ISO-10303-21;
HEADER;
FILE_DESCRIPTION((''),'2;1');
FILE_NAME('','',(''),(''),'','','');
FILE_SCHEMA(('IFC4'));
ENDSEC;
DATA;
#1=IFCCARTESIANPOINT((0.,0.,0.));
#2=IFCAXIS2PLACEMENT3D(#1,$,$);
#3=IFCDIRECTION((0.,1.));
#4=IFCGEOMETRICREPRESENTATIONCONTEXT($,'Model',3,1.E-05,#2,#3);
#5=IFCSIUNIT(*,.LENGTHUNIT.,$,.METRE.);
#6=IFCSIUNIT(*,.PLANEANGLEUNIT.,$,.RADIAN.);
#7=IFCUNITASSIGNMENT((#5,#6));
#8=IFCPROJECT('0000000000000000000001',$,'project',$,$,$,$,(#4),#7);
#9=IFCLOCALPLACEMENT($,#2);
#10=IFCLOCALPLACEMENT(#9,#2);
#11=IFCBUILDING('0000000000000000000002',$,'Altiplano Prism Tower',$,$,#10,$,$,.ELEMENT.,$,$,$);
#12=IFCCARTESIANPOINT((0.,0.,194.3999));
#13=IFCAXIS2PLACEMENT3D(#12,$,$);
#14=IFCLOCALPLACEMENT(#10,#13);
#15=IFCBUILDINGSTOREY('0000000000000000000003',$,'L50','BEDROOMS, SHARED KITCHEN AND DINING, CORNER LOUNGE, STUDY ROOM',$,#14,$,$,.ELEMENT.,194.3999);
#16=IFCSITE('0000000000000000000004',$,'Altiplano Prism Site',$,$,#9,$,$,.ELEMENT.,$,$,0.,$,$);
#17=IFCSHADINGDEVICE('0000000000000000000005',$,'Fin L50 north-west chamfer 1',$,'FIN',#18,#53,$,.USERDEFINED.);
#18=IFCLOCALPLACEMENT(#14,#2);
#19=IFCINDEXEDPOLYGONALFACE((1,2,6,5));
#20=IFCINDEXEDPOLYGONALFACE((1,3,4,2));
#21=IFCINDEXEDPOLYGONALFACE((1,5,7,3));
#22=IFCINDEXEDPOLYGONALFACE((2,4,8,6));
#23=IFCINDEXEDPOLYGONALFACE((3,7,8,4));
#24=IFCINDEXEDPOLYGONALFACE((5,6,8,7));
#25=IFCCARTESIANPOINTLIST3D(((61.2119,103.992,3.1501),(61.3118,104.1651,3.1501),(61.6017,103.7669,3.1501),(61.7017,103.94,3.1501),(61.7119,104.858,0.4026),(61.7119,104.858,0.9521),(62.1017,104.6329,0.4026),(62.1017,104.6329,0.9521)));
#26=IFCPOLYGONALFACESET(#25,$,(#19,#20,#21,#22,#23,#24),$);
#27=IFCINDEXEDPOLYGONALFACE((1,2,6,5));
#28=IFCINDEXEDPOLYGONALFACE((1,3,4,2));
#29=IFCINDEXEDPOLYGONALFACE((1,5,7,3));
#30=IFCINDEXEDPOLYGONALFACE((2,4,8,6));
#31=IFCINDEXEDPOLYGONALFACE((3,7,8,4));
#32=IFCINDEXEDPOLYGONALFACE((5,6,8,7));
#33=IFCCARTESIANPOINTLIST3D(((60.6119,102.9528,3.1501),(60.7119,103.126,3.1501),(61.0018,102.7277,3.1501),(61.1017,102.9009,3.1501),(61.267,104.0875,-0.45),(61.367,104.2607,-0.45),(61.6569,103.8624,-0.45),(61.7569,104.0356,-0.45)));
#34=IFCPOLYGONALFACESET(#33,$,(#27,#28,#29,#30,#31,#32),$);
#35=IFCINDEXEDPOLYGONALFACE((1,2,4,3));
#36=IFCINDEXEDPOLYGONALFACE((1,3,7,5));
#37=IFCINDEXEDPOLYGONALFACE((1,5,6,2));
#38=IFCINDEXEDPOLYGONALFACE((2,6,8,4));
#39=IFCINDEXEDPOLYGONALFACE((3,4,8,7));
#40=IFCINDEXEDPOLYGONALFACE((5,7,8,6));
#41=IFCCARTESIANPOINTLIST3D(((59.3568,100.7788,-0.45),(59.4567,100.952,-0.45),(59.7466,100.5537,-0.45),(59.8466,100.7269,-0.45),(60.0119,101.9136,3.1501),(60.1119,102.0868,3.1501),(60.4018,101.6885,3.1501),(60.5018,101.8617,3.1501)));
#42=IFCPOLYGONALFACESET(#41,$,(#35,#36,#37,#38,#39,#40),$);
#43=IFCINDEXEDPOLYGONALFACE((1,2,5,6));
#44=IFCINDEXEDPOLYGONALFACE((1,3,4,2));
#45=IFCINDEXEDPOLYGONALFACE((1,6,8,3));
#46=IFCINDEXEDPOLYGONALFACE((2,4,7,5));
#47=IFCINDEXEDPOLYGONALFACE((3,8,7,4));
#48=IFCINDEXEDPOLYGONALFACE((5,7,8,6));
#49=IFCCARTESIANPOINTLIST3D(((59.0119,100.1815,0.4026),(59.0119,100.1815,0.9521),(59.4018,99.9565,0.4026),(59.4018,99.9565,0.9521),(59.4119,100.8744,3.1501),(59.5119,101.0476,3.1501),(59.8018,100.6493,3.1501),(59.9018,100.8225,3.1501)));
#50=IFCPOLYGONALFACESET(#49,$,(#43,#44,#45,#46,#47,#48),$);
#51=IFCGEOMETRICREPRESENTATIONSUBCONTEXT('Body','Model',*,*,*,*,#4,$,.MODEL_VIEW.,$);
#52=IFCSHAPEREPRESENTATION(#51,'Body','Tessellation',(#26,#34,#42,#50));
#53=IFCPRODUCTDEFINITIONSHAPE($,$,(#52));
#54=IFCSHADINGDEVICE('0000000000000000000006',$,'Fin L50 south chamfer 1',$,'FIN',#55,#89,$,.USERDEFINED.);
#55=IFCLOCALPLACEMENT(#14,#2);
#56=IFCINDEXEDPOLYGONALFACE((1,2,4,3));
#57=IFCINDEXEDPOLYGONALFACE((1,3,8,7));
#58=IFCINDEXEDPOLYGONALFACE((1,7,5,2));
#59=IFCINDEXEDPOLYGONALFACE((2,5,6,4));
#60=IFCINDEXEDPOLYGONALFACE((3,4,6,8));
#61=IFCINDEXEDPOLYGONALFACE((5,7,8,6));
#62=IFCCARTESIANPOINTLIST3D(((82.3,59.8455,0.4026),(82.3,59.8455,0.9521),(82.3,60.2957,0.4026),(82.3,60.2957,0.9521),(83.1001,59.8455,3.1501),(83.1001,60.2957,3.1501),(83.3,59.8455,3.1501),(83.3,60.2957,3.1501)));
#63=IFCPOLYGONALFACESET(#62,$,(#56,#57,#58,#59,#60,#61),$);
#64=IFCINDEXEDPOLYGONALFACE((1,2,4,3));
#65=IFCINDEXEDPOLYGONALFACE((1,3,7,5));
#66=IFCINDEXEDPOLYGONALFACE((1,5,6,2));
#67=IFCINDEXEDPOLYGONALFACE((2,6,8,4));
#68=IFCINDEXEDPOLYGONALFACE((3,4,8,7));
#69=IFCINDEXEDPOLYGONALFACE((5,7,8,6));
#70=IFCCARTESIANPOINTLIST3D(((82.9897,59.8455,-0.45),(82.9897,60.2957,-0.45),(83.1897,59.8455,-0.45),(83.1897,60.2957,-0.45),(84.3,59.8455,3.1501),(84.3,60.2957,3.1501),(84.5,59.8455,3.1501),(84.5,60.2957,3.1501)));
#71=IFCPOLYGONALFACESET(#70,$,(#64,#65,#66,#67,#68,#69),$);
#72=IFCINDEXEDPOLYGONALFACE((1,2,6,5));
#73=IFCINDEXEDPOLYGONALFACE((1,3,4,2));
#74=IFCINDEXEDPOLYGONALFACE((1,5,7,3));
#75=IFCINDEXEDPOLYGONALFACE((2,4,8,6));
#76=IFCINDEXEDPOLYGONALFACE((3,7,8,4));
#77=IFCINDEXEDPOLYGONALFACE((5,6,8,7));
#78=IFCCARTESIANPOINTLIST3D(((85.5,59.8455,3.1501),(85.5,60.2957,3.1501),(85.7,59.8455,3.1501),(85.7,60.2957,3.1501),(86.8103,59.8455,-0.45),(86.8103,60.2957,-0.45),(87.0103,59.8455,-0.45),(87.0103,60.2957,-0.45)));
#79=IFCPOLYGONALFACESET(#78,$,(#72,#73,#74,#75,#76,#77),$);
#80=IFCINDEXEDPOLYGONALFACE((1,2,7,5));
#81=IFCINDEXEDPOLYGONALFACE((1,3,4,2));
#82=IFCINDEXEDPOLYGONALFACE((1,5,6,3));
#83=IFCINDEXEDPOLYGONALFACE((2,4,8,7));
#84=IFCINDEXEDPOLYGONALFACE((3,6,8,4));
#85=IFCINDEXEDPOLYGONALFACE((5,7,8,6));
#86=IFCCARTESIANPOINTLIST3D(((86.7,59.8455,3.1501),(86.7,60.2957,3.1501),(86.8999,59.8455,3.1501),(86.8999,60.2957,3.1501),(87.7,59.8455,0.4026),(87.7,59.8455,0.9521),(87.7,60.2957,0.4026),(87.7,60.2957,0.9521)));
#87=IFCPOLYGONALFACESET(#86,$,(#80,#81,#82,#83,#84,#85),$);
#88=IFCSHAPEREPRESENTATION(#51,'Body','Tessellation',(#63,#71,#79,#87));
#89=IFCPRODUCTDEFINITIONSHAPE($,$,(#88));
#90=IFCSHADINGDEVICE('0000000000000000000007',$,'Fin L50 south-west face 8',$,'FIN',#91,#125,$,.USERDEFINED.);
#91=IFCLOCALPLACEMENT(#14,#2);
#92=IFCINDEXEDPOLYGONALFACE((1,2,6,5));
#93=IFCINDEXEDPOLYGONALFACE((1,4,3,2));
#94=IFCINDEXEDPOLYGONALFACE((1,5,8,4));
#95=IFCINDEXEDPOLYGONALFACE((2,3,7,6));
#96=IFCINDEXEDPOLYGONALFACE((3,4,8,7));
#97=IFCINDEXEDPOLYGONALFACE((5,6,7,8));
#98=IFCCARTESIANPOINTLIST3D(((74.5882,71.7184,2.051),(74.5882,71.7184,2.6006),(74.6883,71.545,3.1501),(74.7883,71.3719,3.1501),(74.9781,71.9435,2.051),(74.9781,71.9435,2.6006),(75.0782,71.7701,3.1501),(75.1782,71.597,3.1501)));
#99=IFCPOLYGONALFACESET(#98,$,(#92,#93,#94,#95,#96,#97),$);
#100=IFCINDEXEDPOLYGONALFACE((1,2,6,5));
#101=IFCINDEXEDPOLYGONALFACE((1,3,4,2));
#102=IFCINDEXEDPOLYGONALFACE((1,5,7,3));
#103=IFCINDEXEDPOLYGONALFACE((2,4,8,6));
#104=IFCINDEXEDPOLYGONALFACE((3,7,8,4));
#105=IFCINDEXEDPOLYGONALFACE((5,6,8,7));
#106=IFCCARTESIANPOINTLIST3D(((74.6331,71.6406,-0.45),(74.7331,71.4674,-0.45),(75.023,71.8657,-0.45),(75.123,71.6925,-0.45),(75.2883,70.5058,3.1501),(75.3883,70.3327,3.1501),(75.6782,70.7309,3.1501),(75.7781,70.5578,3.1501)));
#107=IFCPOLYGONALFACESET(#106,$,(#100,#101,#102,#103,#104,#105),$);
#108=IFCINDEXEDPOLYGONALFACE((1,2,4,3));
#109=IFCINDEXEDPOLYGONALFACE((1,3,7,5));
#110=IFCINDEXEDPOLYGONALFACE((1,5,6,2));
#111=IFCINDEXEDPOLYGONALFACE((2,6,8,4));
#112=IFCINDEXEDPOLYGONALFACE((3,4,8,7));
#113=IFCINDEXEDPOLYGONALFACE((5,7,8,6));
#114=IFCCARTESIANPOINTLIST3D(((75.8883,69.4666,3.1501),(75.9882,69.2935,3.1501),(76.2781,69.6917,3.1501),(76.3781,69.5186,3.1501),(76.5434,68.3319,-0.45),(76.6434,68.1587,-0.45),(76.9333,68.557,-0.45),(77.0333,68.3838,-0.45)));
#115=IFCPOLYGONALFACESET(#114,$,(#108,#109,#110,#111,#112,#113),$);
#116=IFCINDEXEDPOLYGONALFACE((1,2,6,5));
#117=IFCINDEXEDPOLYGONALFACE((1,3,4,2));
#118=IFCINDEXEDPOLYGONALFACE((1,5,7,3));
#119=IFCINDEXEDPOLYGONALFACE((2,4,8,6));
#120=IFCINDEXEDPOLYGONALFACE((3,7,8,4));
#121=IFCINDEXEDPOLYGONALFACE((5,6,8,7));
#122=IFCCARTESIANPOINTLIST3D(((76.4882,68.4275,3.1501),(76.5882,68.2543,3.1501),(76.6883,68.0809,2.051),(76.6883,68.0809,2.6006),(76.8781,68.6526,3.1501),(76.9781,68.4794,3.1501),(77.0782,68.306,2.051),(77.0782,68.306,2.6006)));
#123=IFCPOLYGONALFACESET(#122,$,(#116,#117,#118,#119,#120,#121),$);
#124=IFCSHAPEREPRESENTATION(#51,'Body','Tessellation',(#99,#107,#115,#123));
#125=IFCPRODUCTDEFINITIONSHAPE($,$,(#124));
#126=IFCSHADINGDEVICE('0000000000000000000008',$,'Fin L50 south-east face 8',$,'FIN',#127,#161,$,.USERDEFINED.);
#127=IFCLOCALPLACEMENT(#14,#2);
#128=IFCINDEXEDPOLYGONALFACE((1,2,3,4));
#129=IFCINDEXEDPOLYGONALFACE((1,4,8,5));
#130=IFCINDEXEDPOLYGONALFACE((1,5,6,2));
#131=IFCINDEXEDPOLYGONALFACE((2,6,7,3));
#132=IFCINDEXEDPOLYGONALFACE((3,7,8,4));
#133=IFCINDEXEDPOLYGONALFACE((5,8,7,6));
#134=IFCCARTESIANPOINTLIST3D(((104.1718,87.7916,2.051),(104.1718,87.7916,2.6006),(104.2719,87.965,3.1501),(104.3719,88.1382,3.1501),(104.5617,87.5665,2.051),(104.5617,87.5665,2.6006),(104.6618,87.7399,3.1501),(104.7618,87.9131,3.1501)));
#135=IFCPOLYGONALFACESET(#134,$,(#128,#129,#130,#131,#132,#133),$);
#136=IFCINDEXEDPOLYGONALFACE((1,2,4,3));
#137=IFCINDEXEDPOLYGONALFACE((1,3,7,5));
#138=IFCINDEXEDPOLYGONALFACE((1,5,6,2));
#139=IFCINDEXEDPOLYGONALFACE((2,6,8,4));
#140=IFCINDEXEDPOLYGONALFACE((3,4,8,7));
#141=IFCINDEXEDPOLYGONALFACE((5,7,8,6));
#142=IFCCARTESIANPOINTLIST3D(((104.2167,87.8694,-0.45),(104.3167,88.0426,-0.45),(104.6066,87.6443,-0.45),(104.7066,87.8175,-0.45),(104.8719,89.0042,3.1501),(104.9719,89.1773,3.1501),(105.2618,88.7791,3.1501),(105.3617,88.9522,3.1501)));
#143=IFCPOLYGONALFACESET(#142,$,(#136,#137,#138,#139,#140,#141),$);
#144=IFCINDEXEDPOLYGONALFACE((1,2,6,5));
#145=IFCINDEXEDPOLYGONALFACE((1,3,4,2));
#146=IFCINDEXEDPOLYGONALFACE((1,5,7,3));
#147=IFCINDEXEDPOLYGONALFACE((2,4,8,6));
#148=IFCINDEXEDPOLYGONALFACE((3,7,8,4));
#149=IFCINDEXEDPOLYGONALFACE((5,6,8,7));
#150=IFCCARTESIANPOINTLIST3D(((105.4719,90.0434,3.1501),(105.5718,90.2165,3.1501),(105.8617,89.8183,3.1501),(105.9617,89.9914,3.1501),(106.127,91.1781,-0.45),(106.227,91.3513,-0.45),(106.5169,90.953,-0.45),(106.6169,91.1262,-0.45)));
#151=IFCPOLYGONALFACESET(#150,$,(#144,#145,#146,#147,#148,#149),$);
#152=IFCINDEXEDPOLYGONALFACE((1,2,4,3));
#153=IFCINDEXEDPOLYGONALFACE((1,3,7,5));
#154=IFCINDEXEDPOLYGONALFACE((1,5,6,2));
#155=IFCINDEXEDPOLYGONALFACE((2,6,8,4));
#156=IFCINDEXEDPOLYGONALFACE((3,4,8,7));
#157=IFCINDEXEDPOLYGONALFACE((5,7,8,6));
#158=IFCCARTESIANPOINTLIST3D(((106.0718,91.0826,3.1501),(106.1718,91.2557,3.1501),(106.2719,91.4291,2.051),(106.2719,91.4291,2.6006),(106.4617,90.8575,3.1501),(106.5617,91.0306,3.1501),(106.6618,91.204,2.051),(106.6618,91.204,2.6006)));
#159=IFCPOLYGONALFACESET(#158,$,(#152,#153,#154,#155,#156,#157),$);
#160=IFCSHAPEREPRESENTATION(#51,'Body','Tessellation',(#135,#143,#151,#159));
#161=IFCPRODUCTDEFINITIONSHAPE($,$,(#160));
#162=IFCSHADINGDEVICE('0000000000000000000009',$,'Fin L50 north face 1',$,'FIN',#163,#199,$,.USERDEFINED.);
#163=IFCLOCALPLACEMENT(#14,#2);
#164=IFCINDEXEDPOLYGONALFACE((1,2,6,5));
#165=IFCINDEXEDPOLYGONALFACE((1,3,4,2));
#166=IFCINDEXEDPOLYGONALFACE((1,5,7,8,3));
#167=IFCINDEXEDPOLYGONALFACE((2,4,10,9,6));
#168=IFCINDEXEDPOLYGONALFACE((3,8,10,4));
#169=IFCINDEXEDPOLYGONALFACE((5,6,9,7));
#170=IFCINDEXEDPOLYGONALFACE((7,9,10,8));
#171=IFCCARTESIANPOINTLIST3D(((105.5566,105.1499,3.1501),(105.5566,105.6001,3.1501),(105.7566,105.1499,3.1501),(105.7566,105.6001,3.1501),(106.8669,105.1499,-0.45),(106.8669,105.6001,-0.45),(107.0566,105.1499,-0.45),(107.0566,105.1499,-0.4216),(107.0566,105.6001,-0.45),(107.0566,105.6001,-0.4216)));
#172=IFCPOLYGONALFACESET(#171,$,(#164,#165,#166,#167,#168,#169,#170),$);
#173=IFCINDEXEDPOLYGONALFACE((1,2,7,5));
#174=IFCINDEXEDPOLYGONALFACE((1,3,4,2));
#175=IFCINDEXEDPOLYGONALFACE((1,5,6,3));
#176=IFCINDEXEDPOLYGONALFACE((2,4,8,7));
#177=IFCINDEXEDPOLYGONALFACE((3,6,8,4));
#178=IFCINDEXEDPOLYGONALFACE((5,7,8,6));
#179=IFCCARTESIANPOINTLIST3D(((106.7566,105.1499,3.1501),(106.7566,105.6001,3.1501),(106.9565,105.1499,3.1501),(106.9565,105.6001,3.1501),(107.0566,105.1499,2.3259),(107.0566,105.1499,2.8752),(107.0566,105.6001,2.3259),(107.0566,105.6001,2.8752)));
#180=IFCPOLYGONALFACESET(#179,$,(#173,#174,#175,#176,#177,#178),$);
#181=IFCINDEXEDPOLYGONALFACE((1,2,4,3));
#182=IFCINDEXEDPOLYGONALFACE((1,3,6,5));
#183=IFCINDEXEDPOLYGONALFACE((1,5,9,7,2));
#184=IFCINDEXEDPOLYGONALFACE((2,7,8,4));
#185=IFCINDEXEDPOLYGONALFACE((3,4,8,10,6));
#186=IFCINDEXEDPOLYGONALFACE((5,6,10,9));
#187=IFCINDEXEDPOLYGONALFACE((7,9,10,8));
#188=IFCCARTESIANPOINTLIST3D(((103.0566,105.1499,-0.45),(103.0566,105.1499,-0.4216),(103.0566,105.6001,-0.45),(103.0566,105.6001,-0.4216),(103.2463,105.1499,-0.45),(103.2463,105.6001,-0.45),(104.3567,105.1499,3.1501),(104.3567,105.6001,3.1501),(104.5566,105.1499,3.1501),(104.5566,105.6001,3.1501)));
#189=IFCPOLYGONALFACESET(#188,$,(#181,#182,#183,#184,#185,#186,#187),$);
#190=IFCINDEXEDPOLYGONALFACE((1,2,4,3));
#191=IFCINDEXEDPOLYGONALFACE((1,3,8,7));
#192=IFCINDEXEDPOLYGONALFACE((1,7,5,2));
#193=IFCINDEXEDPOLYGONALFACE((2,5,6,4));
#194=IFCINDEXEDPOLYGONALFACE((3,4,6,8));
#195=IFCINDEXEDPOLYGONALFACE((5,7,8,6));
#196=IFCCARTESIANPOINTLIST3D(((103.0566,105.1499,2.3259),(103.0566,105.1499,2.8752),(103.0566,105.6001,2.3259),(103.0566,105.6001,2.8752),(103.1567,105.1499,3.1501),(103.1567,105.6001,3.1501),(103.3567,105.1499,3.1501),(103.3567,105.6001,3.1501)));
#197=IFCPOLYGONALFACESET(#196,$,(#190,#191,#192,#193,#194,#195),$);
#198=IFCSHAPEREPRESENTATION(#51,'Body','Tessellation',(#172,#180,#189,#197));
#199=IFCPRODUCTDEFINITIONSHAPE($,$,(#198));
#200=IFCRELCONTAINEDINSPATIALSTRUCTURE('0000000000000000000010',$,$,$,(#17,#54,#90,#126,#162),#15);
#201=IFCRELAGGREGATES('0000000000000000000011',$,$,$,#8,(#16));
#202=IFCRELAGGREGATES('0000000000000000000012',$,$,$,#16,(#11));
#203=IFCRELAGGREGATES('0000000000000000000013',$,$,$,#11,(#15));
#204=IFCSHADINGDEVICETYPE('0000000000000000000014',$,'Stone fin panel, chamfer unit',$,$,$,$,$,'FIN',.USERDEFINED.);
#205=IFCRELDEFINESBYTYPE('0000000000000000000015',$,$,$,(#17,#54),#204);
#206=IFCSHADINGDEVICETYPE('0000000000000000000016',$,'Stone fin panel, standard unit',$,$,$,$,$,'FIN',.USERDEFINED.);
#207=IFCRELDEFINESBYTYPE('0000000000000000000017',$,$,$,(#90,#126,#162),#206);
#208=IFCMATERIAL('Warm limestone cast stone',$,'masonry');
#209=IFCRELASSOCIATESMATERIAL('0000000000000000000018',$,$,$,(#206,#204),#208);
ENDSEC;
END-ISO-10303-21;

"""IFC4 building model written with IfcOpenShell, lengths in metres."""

from ifc_helpers import new_model, si_unit, direction, frame, origin, place, context, subcontext, project, spatial, polyline, outline, extrude, source, transform, mapped, material, type_object, element, save


model = new_model("IFC4")

# Units and contexts
model_context = context("Model", 3, precision=1e-05, world=origin(), true_north=direction((0.0, 1.0)))
body_context = subcontext(model_context, "Body", "Model", "MODEL_VIEW")
ifc_project = project(units=[si_unit("LENGTHUNIT", "METRE"), si_unit("PLANEANGLEUNIT", "RADIAN")], contexts=[model_context])

# Site, building, storey
site_placement = place(None, origin())
site = spatial("IfcSite", under=ifc_project, at=site_placement, Name="Altiplano Prism Site", CompositionType="ELEMENT", RefElevation=0.0)
building_placement = place(site_placement, origin())
building = spatial("IfcBuilding", under=site, at=building_placement, Name="Altiplano Prism Tower", CompositionType="ELEMENT")
storey_placement = place(building_placement, frame((0.0, 0.0, 194.3999)))
storey = spatial("IfcBuildingStorey", under=building, at=storey_placement, Name="L50", Description="BEDROOMS, SHARED KITCHEN AND DINING, CORNER LOUNGE, STUDY ROOM", CompositionType="ELEMENT", Elevation=194.3999)

# Shading devices
ifc_material_1 = material(Name="Warm limestone cast stone", Category="masonry")
shading_device_type_1 = type_object("IfcShadingDeviceType", Name="Stone fin panel, standard unit", ElementType="FIN", PredefinedType="USERDEFINED", material=ifc_material_1)
shading_device_type_2 = type_object("IfcShadingDeviceType", Name="Stone fin panel, chamfer unit", ElementType="FIN", PredefinedType="USERDEFINED", material=ifc_material_1)
shared_shape_1 = source(origin(), body_context, "Body", "SweptSolid", [
    extrude(outline(polyline([(-2.7, 0.8525), (-1.7, 3.6001), (-1.8999, 3.6001), (-2.7, 1.4021), (-2.7, 0.8525)])), frame((0.0, -0.1499, 0.0), z_axis=(0.0, -1.0, 0.0), x_axis=(1.0, 0.0, 0.0)), (0.0, 0.0, 1.0), 0.4502),
    extrude(outline(polyline([(-2.0103, 0.0), (-1.8103, 0.0), (-0.5, 3.6001), (-0.7, 3.6001), (-2.0103, 0.0)])), frame((0.0, -0.1499, 0.0), z_axis=(0.0, -1.0, 0.0), x_axis=(1.0, 0.0, 0.0)), (0.0, 0.0, 1.0), 0.4502),
    extrude(outline(polyline([(1.8103, 0.0), (2.0103, 0.0), (0.7, 3.6001), (0.5, 3.6001), (1.8103, 0.0)])), frame((0.0, -0.1499, 0.0), z_axis=(0.0, -1.0, 0.0), x_axis=(1.0, 0.0, 0.0)), (0.0, 0.0, 1.0), 0.4502),
    extrude(outline(polyline([(2.7, 1.4021), (1.8999, 3.6001), (1.7, 3.6001), (2.7, 0.8525), (2.7, 1.4021)])), frame((0.0, -0.1499, 0.0), z_axis=(0.0, -1.0, 0.0), x_axis=(1.0, 0.0, 0.0)), (0.0, 0.0, 1.0), 0.4502),
])
shading_device_1_placement = place(storey_placement, origin())
element("IfcShadingDevice", 1, at=shading_device_1_placement, inside=storey, type_object=shading_device_type_2, Name="Fin L50 north-west chamfer 1", ObjectType="FIN", PredefinedType="USERDEFINED", context=body_context, shape_type="MappedRepresentation", body=[
    mapped(shared_shape_1, transform((60.8816, 102.2197, -0.45), x_axis=(-0.5, -0.866025, 0.0), y_axis=(0.866025, -0.5, 0.0), z_axis=(0.0, 0.0, 1.0))),
])
shading_device_2_placement = place(storey_placement, origin())
element("IfcShadingDevice", 2, at=shading_device_2_placement, inside=storey, type_object=shading_device_type_2, Name="Fin L50 south chamfer 1", ObjectType="FIN", PredefinedType="USERDEFINED", context=body_context, shape_type="MappedRepresentation", body=[
    mapped(shared_shape_1, transform((85.0, 60.4456, -0.45), x_axis=(1.0, 0.0, 0.0), y_axis=(0.0, 1.0, 0.0), z_axis=(0.0, 0.0, 1.0))),
])
shared_shape_2 = source(origin(), body_context, "Body", "SweptSolid", [
    extrude(outline(polyline([(-2.1001, 2.501), (-1.7, 3.6001), (-1.8999, 3.6001), (-2.1001, 3.0505), (-2.1001, 2.501)])), frame((0.0, -0.1499, 0.0), z_axis=(0.0, -1.0, 0.0), x_axis=(1.0, 0.0, 0.0)), (0.0, 0.0, 1.0), 0.4502),
    extrude(outline(polyline([(-2.0103, 0.0), (-1.8103, 0.0), (-0.5, 3.6001), (-0.7, 3.6001), (-2.0103, 0.0)])), frame((0.0, -0.1499, 0.0), z_axis=(0.0, -1.0, 0.0), x_axis=(1.0, 0.0, 0.0)), (0.0, 0.0, 1.0), 0.4502),
    extrude(outline(polyline([(1.8103, 0.0), (2.0103, 0.0), (0.7, 3.6001), (0.5, 3.6001), (1.8103, 0.0)])), frame((0.0, -0.1499, 0.0), z_axis=(0.0, -1.0, 0.0), x_axis=(1.0, 0.0, 0.0)), (0.0, 0.0, 1.0), 0.4502),
    extrude(outline(polyline([(2.1001, 3.0505), (1.8999, 3.6001), (1.7, 3.6001), (2.1001, 2.501), (2.1001, 3.0505)])), frame((0.0, -0.1499, 0.0), z_axis=(0.0, -1.0, 0.0), x_axis=(1.0, 0.0, 0.0)), (0.0, 0.0, 1.0), 0.4502),
])
shading_device_3_placement = place(storey_placement, origin())
element("IfcShadingDevice", 3, at=shading_device_3_placement, inside=storey, type_object=shading_device_type_1, Name="Fin L50 south-west face 8", ObjectType="FIN", PredefinedType="USERDEFINED", context=body_context, shape_type="MappedRepresentation", body=[
    mapped(shared_shape_2, transform((76.158, 70.1997, -0.45), x_axis=(0.5, -0.866025, 0.0), y_axis=(0.866025, 0.5, 0.0), z_axis=(0.0, 0.0, 1.0))),
])
shading_device_4_placement = place(storey_placement, origin())
element("IfcShadingDevice", 4, at=shading_device_4_placement, inside=storey, type_object=shading_device_type_1, Name="Fin L50 south-east face 8", ObjectType="FIN", PredefinedType="USERDEFINED", context=body_context, shape_type="MappedRepresentation", body=[
    mapped(shared_shape_2, transform((105.092, 89.6853, -0.45), x_axis=(0.5, 0.866025, 0.0), y_axis=(-0.866025, 0.5, 0.0), z_axis=(0.0, 0.0, 1.0))),
])
shared_shape_3 = source(origin(), body_context, "Body", "SweptSolid", [
    extrude(outline(polyline([(-2.0, 0.0), (-1.8103, 0.0), (-0.5, 3.6001), (-0.7, 3.6001), (-2.0, 0.0283), (-2.0, 0.0)])), frame((0.0, -0.1499, 0.0), z_axis=(0.0, -1.0, 0.0), x_axis=(1.0, 0.0, 0.0)), (0.0, 0.0, 1.0), 0.4502),
    extrude(outline(polyline([(-2.0, 2.7759), (-1.7, 3.6001), (-1.8999, 3.6001), (-2.0, 3.3252), (-2.0, 2.7759)])), frame((0.0, -0.1499, 0.0), z_axis=(0.0, -1.0, 0.0), x_axis=(1.0, 0.0, 0.0)), (0.0, 0.0, 1.0), 0.4502),
    extrude(outline(polyline([(1.8103, 0.0), (2.0, 0.0), (2.0, 0.0283), (0.7, 3.6001), (0.5, 3.6001), (1.8103, 0.0)])), frame((0.0, -0.1499, 0.0), z_axis=(0.0, -1.0, 0.0), x_axis=(1.0, 0.0, 0.0)), (0.0, 0.0, 1.0), 0.4502),
    extrude(outline(polyline([(2.0, 3.3252), (1.8999, 3.6001), (1.7, 3.6001), (2.0, 2.7759), (2.0, 3.3252)])), frame((0.0, -0.1499, 0.0), z_axis=(0.0, -1.0, 0.0), x_axis=(1.0, 0.0, 0.0)), (0.0, 0.0, 1.0), 0.4502),
])
shading_device_5_placement = place(storey_placement, origin())
element("IfcShadingDevice", 5, at=shading_device_5_placement, inside=storey, type_object=shading_device_type_1, Name="Fin L50 north face 1", ObjectType="FIN", PredefinedType="USERDEFINED", context=body_context, shape_type="MappedRepresentation", body=[
    mapped(shared_shape_3, transform((105.0566, 105.0, -0.45), x_axis=(-1.0, 0.0, 0.0), y_axis=(0.0, -1.0, 0.0), z_axis=(0.0, 0.0, 1.0))),
])

save(model, "model.ifc")
